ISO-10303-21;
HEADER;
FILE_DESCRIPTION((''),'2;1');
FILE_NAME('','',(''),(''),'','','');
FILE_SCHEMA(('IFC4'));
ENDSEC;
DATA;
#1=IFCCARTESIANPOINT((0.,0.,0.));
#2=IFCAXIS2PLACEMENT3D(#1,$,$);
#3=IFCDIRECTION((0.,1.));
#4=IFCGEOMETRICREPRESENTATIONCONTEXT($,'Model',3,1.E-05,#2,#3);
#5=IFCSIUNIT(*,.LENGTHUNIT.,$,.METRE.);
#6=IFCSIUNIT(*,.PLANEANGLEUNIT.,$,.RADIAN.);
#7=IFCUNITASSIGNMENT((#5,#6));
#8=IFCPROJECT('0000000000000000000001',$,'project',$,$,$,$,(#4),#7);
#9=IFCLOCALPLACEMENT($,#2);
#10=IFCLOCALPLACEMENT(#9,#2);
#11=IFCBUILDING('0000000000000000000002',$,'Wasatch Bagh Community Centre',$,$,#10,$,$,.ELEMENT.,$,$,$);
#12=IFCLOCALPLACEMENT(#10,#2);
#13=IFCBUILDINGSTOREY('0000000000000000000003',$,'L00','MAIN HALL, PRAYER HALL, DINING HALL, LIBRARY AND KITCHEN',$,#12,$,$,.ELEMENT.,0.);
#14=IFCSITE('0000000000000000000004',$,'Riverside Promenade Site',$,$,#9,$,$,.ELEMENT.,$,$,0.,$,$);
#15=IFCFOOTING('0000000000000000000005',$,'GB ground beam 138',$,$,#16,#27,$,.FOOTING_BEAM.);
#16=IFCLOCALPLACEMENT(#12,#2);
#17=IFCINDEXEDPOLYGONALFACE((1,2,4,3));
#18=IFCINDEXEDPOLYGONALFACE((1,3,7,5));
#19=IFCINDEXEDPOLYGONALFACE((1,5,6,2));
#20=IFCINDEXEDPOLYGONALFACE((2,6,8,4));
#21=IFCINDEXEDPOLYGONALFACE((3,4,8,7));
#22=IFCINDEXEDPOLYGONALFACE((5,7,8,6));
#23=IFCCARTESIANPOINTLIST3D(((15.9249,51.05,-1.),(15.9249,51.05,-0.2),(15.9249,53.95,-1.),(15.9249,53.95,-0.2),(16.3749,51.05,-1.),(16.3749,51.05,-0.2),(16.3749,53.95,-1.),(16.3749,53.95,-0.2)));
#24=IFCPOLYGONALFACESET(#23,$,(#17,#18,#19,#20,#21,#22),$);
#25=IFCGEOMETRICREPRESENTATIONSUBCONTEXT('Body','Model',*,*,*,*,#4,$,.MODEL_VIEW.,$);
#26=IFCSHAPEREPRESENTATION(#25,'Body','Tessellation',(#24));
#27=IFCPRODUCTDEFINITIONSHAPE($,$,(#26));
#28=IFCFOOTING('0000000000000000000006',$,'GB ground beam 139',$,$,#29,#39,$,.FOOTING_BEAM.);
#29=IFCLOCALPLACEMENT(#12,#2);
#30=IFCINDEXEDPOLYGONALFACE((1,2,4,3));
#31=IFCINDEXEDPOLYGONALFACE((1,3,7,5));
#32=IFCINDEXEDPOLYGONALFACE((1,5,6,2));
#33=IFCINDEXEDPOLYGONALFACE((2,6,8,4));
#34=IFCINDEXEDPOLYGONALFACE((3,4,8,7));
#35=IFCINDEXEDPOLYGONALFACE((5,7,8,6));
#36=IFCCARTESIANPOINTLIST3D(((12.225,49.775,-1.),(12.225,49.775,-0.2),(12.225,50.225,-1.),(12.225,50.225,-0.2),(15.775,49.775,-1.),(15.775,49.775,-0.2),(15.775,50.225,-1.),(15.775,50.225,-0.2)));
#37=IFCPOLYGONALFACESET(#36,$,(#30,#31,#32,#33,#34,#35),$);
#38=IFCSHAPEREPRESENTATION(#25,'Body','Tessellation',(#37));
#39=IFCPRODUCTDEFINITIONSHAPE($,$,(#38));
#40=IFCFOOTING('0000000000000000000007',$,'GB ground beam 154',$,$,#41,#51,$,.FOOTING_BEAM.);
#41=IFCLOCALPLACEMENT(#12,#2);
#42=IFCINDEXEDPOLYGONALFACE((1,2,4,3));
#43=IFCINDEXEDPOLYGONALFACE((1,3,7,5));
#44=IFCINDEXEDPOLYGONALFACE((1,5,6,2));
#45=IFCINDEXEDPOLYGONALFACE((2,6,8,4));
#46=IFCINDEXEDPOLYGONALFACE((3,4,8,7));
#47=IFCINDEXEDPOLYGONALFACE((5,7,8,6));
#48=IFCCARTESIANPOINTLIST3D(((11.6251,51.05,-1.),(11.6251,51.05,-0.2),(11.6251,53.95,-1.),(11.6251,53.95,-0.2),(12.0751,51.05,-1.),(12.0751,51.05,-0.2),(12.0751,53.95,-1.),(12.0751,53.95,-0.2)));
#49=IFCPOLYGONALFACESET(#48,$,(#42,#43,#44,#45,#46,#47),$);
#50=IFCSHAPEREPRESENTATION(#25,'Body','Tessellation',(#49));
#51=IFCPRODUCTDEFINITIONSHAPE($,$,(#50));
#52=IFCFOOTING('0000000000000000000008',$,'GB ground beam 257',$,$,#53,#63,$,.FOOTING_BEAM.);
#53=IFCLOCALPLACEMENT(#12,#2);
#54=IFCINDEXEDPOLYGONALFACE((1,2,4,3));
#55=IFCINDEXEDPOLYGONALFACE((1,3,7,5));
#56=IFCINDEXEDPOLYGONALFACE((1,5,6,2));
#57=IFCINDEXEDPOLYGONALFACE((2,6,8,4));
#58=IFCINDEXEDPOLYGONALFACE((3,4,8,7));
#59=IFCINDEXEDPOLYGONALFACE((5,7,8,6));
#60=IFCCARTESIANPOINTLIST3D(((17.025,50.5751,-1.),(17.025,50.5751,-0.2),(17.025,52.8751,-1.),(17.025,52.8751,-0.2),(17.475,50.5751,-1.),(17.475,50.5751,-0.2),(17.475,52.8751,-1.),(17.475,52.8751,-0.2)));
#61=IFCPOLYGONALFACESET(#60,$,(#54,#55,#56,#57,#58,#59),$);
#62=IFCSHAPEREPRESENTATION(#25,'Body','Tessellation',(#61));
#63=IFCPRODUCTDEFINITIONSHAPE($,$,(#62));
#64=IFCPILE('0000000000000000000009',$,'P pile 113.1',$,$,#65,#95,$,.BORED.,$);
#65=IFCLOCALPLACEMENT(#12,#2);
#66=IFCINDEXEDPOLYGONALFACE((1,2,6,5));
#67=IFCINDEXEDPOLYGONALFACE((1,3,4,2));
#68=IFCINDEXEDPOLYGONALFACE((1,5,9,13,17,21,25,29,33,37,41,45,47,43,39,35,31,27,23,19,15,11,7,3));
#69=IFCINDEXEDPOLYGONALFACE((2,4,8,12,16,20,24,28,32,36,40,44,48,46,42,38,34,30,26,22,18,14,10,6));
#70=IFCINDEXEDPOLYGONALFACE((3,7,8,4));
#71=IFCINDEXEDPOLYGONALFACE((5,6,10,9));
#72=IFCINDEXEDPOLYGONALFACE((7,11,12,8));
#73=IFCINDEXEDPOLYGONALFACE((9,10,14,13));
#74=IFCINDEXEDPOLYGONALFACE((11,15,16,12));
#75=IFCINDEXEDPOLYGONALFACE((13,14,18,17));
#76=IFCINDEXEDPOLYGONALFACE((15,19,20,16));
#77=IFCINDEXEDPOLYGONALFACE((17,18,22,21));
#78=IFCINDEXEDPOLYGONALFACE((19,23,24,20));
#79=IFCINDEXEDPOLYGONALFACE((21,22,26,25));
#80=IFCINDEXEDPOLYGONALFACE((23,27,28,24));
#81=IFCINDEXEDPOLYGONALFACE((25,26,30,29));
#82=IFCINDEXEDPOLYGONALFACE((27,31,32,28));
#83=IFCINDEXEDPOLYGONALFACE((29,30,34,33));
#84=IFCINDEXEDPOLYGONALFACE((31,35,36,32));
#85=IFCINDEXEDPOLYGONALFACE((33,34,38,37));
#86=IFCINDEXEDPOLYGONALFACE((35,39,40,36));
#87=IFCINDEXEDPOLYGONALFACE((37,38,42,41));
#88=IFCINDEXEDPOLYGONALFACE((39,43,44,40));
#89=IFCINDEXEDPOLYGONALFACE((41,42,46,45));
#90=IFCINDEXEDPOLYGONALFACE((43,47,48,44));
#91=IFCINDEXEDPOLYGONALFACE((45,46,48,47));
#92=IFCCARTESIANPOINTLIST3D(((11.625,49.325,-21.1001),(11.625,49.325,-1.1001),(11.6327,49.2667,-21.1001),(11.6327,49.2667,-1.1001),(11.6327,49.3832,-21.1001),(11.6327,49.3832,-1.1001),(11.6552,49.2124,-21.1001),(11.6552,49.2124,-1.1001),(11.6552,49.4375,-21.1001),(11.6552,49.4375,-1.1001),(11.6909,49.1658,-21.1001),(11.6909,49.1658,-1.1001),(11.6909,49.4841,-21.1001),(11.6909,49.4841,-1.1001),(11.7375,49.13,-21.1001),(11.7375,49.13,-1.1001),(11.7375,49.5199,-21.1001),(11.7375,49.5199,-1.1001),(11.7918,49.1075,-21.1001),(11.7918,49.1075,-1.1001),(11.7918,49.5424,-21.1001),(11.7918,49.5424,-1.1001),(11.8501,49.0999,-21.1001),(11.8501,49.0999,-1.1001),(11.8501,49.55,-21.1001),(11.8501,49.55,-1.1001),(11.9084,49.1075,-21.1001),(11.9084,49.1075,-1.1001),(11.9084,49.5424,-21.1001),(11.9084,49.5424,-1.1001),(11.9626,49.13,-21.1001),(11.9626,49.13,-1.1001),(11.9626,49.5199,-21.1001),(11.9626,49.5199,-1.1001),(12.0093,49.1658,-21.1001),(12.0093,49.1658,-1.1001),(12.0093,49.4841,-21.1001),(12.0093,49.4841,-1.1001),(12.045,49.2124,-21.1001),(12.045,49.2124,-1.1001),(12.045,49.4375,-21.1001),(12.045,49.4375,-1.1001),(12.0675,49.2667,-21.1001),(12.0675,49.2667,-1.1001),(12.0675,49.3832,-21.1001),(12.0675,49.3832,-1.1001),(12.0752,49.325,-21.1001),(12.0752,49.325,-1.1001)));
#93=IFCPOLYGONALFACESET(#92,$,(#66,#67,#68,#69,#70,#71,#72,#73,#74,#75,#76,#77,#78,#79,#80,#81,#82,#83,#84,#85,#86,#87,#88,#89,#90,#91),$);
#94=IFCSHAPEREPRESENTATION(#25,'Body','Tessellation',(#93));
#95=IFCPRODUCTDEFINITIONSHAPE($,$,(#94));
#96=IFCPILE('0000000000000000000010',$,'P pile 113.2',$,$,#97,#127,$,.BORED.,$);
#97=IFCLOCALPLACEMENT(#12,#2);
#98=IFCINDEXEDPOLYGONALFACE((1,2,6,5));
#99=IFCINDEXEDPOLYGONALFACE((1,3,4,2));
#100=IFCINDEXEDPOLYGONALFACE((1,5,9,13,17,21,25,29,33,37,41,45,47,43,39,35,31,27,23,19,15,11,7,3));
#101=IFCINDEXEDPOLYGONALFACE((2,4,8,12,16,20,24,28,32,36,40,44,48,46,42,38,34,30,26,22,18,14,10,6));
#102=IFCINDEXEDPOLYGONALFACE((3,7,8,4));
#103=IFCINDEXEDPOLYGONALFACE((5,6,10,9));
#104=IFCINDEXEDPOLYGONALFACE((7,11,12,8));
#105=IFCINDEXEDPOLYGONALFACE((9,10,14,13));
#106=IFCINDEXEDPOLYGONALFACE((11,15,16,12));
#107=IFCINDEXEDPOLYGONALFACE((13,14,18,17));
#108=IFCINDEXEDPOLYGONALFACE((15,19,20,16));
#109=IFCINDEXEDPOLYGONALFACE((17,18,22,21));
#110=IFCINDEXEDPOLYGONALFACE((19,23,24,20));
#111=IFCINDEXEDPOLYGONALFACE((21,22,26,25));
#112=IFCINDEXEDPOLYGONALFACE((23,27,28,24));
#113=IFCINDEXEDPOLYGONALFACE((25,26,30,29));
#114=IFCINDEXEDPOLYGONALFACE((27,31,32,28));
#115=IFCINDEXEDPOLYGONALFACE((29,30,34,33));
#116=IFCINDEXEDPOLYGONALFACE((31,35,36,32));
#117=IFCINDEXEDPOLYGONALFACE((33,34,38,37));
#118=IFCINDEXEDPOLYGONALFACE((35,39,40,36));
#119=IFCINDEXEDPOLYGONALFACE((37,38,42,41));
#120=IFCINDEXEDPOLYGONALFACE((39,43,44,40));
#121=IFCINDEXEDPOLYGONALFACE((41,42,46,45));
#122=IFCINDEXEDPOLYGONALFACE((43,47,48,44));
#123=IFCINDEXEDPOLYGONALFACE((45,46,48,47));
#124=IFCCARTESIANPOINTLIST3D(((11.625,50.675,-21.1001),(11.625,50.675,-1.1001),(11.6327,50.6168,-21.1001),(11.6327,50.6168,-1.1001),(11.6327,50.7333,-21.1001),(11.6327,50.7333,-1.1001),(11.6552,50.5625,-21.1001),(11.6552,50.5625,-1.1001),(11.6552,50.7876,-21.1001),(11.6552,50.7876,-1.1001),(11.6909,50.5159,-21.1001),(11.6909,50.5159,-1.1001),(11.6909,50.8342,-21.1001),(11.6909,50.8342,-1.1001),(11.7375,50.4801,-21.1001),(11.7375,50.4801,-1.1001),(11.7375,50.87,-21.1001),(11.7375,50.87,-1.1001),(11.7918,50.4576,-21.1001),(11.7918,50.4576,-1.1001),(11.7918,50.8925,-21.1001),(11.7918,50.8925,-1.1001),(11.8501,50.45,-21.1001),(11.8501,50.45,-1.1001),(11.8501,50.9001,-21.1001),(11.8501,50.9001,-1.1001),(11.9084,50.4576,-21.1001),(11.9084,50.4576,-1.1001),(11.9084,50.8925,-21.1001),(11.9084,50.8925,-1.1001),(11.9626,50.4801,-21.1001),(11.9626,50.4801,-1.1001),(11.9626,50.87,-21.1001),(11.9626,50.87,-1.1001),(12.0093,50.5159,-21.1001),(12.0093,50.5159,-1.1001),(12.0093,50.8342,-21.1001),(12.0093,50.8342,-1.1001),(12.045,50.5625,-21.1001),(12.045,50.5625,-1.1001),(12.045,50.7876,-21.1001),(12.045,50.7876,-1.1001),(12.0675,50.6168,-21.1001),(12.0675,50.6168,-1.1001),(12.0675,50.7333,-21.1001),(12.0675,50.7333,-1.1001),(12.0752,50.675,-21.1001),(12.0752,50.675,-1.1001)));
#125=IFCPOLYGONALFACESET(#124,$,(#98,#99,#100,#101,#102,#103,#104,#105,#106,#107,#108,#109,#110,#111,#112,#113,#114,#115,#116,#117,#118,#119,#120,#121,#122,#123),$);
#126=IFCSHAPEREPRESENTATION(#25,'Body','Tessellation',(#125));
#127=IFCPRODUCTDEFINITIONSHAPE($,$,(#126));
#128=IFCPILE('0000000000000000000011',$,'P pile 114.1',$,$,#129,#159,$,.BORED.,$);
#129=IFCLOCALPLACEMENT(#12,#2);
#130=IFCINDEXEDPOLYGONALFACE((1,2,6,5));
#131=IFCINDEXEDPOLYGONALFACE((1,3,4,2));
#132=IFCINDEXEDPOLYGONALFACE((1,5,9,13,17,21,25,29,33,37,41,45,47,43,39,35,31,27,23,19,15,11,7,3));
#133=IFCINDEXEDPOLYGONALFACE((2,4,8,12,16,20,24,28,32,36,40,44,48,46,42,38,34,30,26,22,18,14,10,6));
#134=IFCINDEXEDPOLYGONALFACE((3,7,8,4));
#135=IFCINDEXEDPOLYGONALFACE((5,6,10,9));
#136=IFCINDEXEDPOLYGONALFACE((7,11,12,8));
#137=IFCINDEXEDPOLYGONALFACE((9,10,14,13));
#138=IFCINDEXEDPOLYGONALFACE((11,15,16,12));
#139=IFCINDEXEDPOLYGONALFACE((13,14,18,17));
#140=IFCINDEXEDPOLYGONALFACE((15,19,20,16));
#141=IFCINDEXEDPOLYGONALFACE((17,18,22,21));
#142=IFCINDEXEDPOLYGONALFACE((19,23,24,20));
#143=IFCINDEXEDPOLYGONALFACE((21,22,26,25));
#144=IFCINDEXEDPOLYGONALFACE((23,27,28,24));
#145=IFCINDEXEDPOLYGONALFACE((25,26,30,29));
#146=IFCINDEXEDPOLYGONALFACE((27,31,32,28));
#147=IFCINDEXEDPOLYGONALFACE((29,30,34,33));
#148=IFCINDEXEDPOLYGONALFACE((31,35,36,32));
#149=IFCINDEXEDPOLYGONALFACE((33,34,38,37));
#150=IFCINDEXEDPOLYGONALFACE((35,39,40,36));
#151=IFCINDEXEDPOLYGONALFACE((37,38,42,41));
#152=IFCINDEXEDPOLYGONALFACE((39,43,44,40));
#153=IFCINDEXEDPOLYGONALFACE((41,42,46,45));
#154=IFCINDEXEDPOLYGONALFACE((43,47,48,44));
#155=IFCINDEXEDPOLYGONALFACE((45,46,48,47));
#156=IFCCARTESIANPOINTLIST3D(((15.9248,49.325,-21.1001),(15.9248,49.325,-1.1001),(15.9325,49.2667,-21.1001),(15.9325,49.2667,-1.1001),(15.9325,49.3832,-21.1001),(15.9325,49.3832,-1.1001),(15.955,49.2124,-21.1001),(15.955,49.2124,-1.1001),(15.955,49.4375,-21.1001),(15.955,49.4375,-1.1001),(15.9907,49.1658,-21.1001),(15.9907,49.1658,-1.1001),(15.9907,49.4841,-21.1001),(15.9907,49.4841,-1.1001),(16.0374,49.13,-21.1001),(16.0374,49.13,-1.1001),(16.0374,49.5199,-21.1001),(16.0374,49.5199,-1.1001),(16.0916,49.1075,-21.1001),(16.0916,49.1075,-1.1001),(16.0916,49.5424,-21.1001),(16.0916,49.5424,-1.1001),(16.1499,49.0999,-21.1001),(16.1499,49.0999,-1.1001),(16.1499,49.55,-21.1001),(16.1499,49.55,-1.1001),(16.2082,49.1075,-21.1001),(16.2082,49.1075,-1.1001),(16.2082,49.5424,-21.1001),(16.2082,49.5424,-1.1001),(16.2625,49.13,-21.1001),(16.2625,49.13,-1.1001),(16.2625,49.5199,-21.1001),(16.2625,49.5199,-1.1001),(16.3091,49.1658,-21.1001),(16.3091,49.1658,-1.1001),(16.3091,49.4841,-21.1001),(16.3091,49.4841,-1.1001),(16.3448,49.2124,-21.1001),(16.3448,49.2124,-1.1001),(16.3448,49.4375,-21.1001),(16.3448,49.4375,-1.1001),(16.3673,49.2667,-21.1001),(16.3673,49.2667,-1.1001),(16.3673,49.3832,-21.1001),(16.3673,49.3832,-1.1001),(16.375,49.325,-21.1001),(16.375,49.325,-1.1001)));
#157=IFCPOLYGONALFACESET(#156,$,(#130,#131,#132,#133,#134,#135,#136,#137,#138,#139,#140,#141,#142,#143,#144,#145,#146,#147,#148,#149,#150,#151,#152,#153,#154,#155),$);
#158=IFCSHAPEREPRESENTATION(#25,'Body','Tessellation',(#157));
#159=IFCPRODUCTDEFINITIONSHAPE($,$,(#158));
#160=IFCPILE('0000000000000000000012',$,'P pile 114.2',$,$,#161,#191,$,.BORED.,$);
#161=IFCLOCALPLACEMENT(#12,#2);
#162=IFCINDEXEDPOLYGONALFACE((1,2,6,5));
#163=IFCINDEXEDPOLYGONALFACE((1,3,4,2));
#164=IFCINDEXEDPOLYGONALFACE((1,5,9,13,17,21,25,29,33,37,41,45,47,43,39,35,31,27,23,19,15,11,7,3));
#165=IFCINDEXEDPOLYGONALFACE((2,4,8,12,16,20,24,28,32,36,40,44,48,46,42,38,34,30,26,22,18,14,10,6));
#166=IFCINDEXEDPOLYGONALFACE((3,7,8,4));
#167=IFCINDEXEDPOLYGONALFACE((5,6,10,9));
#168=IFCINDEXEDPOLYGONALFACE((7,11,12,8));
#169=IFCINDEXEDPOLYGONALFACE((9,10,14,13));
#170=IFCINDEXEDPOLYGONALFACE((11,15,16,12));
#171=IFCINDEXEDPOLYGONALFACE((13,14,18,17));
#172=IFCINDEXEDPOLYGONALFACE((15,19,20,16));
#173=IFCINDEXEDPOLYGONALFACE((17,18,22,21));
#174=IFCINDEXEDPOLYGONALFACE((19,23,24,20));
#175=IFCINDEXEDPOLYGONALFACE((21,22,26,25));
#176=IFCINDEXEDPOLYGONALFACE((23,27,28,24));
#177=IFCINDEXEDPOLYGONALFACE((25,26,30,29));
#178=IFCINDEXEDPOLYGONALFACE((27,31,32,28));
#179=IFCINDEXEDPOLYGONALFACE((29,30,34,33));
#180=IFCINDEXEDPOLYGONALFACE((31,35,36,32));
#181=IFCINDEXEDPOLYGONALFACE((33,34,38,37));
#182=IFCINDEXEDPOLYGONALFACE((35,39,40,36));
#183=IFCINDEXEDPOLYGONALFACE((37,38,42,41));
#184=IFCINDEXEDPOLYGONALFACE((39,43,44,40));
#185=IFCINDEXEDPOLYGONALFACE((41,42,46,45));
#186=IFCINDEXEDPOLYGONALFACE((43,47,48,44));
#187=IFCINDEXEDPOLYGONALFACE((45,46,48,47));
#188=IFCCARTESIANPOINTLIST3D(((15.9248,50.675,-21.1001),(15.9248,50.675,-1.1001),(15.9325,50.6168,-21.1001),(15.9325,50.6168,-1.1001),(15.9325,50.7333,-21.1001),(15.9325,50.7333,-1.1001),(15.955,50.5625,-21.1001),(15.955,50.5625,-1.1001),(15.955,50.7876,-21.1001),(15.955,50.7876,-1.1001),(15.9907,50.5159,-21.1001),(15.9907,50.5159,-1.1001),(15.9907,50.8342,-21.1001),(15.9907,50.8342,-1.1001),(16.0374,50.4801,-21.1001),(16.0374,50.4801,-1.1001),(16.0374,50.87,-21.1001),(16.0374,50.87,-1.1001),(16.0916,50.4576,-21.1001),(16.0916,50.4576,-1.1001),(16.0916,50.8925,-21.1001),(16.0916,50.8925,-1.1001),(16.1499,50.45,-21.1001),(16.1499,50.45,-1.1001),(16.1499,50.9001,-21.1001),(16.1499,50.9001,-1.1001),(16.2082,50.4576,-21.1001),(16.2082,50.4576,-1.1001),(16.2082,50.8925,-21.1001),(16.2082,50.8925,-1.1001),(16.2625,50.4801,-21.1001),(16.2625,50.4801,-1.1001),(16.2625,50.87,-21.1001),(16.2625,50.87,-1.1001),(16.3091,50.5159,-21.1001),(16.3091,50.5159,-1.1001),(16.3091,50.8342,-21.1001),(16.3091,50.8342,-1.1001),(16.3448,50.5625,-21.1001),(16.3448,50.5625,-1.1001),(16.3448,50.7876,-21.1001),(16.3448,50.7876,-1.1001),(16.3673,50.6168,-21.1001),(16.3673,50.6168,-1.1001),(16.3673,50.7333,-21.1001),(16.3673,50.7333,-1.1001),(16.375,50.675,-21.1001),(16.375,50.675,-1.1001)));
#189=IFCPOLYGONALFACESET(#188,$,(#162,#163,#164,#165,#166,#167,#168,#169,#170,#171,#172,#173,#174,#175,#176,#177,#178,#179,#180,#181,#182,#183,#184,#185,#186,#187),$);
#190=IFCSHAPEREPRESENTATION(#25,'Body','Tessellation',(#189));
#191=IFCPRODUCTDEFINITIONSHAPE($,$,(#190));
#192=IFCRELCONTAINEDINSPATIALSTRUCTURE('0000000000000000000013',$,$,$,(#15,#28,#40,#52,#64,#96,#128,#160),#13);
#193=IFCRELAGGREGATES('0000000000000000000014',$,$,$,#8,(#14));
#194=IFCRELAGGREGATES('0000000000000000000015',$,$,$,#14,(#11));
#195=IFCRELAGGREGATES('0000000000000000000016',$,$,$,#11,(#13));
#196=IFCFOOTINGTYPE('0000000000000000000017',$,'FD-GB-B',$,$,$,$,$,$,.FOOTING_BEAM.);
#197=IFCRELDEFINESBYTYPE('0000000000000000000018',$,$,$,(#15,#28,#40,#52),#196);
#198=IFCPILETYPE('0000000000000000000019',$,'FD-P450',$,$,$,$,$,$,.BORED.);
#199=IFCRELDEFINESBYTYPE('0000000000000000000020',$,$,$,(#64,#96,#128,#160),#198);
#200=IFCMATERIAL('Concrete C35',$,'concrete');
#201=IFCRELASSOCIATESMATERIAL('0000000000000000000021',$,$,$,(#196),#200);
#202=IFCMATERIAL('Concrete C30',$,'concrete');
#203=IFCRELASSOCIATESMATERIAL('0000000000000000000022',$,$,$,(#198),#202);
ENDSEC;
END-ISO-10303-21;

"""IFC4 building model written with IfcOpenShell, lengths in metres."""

from ifc_helpers import new_model, si_unit, direction, frame, origin, origin_2d, place, context, subcontext, project, spatial, rectangle, circle, extrude, material, material_profile, profile_set, type_object, element, save


model = new_model("IFC4")

# Units and contexts
model_context = context("Model", 3, precision=1e-05, world=origin(), true_north=direction((0.0, 1.0)))
body_context = subcontext(model_context, "Body", "Model", "MODEL_VIEW")
ifc_project = project(units=[si_unit("LENGTHUNIT", "METRE"), si_unit("PLANEANGLEUNIT", "RADIAN")], contexts=[model_context])

# Site, building, storey
site_placement = place(None, origin())
site = spatial("IfcSite", under=ifc_project, at=site_placement, Name="Riverside Promenade Site", CompositionType="ELEMENT", RefElevation=0.0)
building_placement = place(site_placement, origin())
building = spatial("IfcBuilding", under=site, at=building_placement, Name="Wasatch Bagh Community Centre", CompositionType="ELEMENT")
storey_placement = place(building_placement, origin())
storey = spatial("IfcBuildingStorey", under=building, at=storey_placement, Name="L00", Description="MAIN HALL, PRAYER HALL, DINING HALL, LIBRARY AND KITCHEN", CompositionType="ELEMENT", Elevation=0.0)

# Footings
ifc_material_1 = material(Name="Concrete C35", Category="concrete")
footing_type_1 = type_object("IfcFootingType", Name="FD-GB-B", PredefinedType="FOOTING_BEAM", material=ifc_material_1)
footing_1_placement = place(storey_placement, frame((16.1499, 52.5, -1.0), z_axis=(0.0, 0.0, 1.0), x_axis=(0.0, 1.0, 0.0)))
element("IfcFooting", 1, at=footing_1_placement, inside=storey, type_object=footing_type_1, Name="GB ground beam 138", PredefinedType="FOOTING_BEAM", context=body_context, shape_type="SweptSolid", body=[
    extrude(rectangle(XDim=2.8999, YDim=0.45, at=origin_2d()), origin(), (0.0, 0.0, 1.0), 0.8),
])
footing_2_placement = place(storey_placement, frame((14.0, 50.0, -1.0), z_axis=(0.0, 0.0, 1.0), x_axis=(-1.0, 0.0, 0.0)))
element("IfcFooting", 2, at=footing_2_placement, inside=storey, type_object=footing_type_1, Name="GB ground beam 139", PredefinedType="FOOTING_BEAM", context=body_context, shape_type="SweptSolid", body=[
    extrude(rectangle(XDim=3.55, YDim=0.45, at=origin_2d()), origin(), (0.0, 0.0, 1.0), 0.8),
])
footing_3_placement = place(storey_placement, frame((11.8501, 52.5, -1.0), z_axis=(0.0, 0.0, 1.0), x_axis=(0.0, 1.0, 0.0)))
element("IfcFooting", 3, at=footing_3_placement, inside=storey, type_object=footing_type_1, Name="GB ground beam 154", PredefinedType="FOOTING_BEAM", context=body_context, shape_type="SweptSolid", body=[
    extrude(rectangle(XDim=2.8999, YDim=0.45, at=origin_2d()), origin(), (0.0, 0.0, 1.0), 0.8),
])
footing_4_placement = place(storey_placement, frame((17.25, 51.7251, -1.0), z_axis=(0.0, 0.0, 1.0), x_axis=(0.0, 1.0, 0.0)))
element("IfcFooting", 4, at=footing_4_placement, inside=storey, type_object=footing_type_1, Name="GB ground beam 257", PredefinedType="FOOTING_BEAM", context=body_context, shape_type="SweptSolid", body=[
    extrude(rectangle(XDim=2.3, YDim=0.45, at=origin_2d()), origin(), (0.0, 0.0, 1.0), 0.8),
])

# Piles
ifc_material_2 = material(Name="Concrete C30", Category="concrete")
ifc_material_profile_1 = material_profile(ifc_material_2, circle(Radius=0.2251, at=origin_2d()), Name="RC D450")
ifc_profile_set_1 = profile_set([ifc_material_profile_1], Name="Concrete C30")
pile_type_1 = type_object("IfcPileType", Name="FD-P450", PredefinedType="BORED", material=ifc_profile_set_1)
for number, where, z_axis, x_axis, name in (
    (5, (11.8501, 49.325, -1.1001), (0.0, 0.0, -1.0), (1.0, 0.0, 0.0), "P pile 113.1"),
    (6, (11.8501, 50.675, -1.1001), (0.0, 0.0, -1.0), (1.0, 0.0, 0.0), "P pile 113.2"),
    (7, (16.1499, 49.325, -1.1001), (0.0, 0.0, -1.0), (1.0, 0.0, 0.0), "P pile 114.1"),
    (8, (16.1499, 50.675, -1.1001), (0.0, 0.0, -1.0), (1.0, 0.0, 0.0), "P pile 114.2"),
):
    element("IfcPile", number, at=place(storey_placement, frame(where, z_axis=z_axis, x_axis=x_axis)), inside=storey, type_object=pile_type_1, Name=name, PredefinedType="BORED", context=body_context, shape_type="SweptSolid", body=[
        extrude(circle(Radius=0.2251, at=origin_2d()), origin(), (0.0, 0.0, 1.0), 20.0),
    ])

save(model, "model.ifc")
